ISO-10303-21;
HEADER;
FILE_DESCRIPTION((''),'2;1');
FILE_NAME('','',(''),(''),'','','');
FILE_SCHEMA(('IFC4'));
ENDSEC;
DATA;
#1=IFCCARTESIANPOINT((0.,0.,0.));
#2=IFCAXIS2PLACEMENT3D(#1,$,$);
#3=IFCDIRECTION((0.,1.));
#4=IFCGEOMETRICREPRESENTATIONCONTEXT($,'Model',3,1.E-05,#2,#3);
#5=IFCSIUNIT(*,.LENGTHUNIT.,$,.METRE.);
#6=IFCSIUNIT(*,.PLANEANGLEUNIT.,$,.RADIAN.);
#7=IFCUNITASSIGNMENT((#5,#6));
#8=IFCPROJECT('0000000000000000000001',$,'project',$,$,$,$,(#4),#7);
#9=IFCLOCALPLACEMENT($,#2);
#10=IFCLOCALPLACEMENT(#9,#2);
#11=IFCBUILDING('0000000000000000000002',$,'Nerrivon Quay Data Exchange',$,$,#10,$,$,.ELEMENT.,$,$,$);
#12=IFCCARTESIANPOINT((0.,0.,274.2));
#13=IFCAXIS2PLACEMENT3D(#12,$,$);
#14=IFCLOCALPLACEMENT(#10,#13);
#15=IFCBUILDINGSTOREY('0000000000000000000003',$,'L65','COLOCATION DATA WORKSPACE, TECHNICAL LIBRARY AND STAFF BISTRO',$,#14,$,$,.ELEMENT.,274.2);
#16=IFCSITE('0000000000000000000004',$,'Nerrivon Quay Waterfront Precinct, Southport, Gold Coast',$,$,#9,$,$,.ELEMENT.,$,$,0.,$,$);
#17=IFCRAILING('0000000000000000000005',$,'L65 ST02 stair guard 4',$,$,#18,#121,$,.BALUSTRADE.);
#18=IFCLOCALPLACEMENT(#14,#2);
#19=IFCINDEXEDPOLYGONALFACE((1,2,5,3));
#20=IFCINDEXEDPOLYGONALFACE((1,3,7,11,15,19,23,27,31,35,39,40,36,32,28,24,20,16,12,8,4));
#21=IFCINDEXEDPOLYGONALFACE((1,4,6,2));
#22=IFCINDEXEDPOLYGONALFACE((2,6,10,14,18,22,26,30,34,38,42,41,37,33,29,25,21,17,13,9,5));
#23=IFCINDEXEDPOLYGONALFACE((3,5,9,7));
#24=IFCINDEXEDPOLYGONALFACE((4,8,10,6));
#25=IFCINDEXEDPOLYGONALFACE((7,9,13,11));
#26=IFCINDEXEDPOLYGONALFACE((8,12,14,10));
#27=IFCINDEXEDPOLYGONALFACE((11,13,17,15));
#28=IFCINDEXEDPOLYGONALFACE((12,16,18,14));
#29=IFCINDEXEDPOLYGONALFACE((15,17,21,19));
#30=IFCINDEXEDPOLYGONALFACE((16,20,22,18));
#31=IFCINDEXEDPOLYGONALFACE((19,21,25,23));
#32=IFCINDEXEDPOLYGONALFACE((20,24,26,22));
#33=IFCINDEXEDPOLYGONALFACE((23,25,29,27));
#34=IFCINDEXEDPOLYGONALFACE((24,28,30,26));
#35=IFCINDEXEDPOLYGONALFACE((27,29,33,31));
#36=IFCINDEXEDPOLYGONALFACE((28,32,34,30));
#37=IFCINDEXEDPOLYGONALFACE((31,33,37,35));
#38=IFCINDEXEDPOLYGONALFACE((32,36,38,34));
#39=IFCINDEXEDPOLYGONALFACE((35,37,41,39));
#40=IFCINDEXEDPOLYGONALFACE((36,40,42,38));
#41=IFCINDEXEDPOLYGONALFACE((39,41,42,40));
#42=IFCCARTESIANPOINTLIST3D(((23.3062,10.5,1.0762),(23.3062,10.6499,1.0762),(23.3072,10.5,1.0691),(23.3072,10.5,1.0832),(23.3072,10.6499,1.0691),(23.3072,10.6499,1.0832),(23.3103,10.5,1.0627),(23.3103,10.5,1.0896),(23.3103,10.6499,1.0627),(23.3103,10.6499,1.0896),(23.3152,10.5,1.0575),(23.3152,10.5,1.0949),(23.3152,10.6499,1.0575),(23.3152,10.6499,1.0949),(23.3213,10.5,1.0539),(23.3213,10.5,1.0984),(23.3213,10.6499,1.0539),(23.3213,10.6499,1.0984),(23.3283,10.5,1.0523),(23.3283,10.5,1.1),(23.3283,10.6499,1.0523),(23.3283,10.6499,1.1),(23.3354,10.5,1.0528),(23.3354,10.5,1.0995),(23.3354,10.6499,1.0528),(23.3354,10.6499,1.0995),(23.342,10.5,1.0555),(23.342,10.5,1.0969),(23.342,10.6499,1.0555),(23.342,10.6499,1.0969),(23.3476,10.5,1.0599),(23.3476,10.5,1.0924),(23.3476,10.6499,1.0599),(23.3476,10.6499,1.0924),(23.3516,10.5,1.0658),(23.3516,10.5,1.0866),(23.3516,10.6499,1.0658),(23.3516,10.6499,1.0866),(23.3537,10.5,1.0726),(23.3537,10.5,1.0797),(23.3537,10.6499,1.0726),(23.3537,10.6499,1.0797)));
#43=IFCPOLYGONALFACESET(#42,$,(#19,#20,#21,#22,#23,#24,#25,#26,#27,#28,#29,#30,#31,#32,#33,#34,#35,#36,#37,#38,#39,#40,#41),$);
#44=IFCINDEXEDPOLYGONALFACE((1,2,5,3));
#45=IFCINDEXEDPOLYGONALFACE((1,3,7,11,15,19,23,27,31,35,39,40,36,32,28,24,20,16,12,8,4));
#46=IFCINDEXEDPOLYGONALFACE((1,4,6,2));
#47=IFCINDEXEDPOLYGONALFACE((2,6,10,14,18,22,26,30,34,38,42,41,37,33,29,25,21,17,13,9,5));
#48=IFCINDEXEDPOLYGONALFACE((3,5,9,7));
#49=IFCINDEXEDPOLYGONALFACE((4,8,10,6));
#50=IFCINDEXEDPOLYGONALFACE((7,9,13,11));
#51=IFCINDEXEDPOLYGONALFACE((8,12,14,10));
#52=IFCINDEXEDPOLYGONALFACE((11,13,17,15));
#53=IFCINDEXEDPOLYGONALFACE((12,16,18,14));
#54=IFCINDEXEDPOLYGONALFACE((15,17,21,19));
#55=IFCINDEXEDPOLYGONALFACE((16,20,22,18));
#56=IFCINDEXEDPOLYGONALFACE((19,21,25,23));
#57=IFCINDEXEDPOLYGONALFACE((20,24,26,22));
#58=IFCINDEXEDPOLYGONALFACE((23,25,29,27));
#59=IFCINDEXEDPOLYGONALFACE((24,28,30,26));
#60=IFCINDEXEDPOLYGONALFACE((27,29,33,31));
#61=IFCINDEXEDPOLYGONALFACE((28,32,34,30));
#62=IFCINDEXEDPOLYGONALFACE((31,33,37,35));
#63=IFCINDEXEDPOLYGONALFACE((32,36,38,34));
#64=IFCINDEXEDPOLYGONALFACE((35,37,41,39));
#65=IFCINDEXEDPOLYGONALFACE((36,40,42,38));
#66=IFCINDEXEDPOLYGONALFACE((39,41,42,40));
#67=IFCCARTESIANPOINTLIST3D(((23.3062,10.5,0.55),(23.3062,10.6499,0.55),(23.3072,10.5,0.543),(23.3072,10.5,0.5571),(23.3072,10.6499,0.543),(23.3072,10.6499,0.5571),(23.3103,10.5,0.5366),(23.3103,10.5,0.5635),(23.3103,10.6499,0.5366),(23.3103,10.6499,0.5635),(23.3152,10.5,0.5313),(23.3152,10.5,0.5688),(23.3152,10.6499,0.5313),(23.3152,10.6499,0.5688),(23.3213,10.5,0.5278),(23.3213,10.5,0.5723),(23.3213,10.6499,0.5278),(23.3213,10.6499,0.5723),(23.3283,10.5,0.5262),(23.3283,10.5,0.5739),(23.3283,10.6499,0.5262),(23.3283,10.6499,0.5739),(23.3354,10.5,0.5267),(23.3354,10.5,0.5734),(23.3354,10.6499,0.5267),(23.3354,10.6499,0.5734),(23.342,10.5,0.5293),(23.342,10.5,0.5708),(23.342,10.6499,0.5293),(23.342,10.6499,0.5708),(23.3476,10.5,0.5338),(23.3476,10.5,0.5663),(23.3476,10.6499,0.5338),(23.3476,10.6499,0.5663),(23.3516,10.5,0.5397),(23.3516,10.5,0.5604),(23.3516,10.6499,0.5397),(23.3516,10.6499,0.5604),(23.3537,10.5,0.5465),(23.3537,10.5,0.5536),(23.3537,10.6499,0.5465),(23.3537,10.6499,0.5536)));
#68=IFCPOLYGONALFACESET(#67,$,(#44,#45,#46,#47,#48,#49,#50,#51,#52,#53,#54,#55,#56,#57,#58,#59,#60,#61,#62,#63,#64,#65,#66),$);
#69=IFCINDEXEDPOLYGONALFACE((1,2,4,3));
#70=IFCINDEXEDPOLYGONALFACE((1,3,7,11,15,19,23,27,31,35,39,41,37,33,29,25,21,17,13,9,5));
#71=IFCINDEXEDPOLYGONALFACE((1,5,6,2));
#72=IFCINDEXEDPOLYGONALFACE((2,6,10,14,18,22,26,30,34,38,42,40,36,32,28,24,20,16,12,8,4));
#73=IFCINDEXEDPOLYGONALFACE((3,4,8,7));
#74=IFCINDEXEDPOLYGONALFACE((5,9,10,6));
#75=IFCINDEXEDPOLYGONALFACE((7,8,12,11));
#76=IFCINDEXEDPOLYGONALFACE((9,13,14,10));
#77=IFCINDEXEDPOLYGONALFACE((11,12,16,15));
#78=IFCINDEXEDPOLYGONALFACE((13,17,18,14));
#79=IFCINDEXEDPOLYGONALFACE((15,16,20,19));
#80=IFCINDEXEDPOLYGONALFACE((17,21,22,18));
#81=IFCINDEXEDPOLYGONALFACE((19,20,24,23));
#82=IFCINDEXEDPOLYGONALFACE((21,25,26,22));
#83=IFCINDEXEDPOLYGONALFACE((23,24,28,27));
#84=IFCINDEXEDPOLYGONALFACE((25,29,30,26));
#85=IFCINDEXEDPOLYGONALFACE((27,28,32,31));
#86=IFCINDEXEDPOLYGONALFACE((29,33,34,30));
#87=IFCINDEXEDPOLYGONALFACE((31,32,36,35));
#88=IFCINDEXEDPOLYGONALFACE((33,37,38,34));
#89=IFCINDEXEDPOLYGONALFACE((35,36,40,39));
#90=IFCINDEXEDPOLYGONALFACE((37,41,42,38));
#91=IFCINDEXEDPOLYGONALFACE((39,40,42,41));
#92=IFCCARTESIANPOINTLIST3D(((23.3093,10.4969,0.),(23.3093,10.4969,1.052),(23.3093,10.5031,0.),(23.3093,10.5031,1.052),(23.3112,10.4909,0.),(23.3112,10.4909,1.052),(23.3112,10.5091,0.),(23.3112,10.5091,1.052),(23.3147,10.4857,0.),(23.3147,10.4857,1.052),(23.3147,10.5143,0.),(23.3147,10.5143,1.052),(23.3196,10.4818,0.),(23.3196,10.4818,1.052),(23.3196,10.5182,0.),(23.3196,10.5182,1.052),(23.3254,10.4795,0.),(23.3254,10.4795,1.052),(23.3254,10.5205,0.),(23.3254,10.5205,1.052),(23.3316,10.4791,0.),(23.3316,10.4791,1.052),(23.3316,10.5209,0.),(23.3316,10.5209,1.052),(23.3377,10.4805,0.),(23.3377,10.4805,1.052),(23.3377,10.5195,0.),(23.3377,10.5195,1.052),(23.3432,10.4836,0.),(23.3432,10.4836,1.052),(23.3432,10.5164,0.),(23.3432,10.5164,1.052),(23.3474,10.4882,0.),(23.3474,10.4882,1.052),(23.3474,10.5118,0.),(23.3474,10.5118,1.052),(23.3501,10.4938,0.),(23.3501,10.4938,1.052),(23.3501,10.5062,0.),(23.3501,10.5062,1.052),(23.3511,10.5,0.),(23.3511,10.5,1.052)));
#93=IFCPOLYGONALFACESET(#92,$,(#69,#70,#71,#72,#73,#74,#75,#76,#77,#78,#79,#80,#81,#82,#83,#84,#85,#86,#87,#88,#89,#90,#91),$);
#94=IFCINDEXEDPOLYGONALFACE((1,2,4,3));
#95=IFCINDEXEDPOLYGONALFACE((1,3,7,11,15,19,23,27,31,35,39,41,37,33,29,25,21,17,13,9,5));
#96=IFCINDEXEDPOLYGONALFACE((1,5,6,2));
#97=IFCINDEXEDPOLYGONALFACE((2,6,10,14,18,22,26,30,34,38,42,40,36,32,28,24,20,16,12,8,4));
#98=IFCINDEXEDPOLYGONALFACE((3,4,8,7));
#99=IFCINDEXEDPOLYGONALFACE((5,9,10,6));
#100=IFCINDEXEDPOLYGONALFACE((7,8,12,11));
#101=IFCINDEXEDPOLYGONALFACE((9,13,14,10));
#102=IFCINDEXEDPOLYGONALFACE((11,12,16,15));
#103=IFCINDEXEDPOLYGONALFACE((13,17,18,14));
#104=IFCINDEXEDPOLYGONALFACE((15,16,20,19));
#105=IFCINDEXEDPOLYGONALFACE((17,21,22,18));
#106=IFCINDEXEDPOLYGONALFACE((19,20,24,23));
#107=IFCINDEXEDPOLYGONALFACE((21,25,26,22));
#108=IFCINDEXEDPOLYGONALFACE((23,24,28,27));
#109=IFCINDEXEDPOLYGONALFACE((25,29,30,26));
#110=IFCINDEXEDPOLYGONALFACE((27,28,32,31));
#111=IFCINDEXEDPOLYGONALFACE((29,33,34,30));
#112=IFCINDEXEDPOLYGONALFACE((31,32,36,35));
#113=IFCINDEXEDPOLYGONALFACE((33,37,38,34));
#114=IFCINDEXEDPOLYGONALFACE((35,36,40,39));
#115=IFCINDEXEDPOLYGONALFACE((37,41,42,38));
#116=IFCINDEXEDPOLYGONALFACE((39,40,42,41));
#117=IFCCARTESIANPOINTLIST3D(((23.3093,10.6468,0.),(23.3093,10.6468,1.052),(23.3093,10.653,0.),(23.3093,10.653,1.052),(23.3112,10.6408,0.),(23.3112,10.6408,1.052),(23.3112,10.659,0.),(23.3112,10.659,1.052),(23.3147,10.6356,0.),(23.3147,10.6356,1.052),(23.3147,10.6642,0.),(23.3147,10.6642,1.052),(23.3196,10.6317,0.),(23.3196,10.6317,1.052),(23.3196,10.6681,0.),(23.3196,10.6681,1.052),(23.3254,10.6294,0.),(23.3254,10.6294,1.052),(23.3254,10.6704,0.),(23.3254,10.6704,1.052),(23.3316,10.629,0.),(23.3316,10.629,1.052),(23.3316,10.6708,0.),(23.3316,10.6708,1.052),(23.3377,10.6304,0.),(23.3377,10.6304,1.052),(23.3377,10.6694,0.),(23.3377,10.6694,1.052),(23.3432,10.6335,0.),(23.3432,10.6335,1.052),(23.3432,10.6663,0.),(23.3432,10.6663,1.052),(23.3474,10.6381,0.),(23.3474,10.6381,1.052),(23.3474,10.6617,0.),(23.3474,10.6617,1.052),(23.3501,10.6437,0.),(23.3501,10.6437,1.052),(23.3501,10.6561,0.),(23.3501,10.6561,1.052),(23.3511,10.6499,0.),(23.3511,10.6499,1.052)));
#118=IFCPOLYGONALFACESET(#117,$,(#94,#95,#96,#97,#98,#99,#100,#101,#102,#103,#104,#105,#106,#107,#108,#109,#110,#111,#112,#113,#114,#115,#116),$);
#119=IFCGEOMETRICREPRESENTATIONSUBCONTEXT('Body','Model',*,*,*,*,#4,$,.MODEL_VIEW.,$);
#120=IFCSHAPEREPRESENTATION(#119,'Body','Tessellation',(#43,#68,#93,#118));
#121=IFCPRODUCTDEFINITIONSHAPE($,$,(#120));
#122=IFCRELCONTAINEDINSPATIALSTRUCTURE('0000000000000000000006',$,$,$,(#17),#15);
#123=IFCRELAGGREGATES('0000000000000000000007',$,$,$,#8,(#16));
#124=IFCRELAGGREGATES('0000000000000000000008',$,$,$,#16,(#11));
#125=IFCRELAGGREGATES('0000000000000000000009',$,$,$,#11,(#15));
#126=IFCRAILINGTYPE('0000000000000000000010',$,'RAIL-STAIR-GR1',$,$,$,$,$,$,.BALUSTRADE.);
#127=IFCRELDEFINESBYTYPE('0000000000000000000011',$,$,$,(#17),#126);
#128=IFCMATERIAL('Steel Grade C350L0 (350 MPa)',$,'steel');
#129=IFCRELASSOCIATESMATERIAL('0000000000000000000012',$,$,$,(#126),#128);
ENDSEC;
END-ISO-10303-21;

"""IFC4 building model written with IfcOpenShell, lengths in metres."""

from ifc_helpers import new_model, si_unit, direction, frame, origin, origin_2d, place, context, subcontext, project, spatial, circle, extrude, material, type_object, element, save


model = new_model("IFC4")

# Units and contexts
model_context = context("Model", 3, precision=1e-05, world=origin(), true_north=direction((0.0, 1.0)))
body_context = subcontext(model_context, "Body", "Model", "MODEL_VIEW")
ifc_project = project(units=[si_unit("LENGTHUNIT", "METRE"), si_unit("PLANEANGLEUNIT", "RADIAN")], contexts=[model_context])

# Site, building, storey
site_placement = place(None, origin())
site = spatial("IfcSite", under=ifc_project, at=site_placement, Name="Nerrivon Quay Waterfront Precinct, Southport, Gold Coast", CompositionType="ELEMENT", RefElevation=0.0)
building_placement = place(site_placement, origin())
building = spatial("IfcBuilding", under=site, at=building_placement, Name="Nerrivon Quay Data Exchange", CompositionType="ELEMENT")
storey_placement = place(building_placement, frame((0.0, 0.0, 274.2)))
storey = spatial("IfcBuildingStorey", under=building, at=storey_placement, Name="L65", Description="COLOCATION DATA WORKSPACE, TECHNICAL LIBRARY AND STAFF BISTRO", CompositionType="ELEMENT", Elevation=274.2)

# Railing
ifc_material_1 = material(Name="Steel Grade C350L0 (350 MPa)", Category="steel")
railing_type_1 = type_object("IfcRailingType", Name="RAIL-STAIR-GR1", PredefinedType="BALUSTRADE", material=ifc_material_1)
railing_1_placement = place(storey_placement, frame((23.3301, 10.5, 0.0)))
element("IfcRailing", 1, at=railing_1_placement, inside=storey, type_object=railing_type_1, Name="L65 ST02 stair guard 4", PredefinedType="BALUSTRADE", context=body_context, shape_type="SweptSolid", body=[
    extrude(circle(Radius=0.0239, at=origin_2d()), frame((0.0, 0.0, 1.0762), z_axis=(0.0, 1.0, 0.0), x_axis=(-1.0, 0.0, 0.0)), (0.0, 0.0, 1.0), 0.1499),
    extrude(circle(Radius=0.0239, at=origin_2d()), frame((0.0, 0.0, 0.55), z_axis=(0.0, 1.0, 0.0), x_axis=(-1.0, 0.0, 0.0)), (0.0, 0.0, 1.0), 0.1499),
    extrude(circle(Radius=0.021, at=origin_2d()), origin(), (0.0, 0.0, 1.0), 1.052),
    extrude(circle(Radius=0.021, at=origin_2d()), frame((0.0, 0.1499, 0.0)), (0.0, 0.0, 1.0), 1.052),
])

save(model, "model.ifc")
